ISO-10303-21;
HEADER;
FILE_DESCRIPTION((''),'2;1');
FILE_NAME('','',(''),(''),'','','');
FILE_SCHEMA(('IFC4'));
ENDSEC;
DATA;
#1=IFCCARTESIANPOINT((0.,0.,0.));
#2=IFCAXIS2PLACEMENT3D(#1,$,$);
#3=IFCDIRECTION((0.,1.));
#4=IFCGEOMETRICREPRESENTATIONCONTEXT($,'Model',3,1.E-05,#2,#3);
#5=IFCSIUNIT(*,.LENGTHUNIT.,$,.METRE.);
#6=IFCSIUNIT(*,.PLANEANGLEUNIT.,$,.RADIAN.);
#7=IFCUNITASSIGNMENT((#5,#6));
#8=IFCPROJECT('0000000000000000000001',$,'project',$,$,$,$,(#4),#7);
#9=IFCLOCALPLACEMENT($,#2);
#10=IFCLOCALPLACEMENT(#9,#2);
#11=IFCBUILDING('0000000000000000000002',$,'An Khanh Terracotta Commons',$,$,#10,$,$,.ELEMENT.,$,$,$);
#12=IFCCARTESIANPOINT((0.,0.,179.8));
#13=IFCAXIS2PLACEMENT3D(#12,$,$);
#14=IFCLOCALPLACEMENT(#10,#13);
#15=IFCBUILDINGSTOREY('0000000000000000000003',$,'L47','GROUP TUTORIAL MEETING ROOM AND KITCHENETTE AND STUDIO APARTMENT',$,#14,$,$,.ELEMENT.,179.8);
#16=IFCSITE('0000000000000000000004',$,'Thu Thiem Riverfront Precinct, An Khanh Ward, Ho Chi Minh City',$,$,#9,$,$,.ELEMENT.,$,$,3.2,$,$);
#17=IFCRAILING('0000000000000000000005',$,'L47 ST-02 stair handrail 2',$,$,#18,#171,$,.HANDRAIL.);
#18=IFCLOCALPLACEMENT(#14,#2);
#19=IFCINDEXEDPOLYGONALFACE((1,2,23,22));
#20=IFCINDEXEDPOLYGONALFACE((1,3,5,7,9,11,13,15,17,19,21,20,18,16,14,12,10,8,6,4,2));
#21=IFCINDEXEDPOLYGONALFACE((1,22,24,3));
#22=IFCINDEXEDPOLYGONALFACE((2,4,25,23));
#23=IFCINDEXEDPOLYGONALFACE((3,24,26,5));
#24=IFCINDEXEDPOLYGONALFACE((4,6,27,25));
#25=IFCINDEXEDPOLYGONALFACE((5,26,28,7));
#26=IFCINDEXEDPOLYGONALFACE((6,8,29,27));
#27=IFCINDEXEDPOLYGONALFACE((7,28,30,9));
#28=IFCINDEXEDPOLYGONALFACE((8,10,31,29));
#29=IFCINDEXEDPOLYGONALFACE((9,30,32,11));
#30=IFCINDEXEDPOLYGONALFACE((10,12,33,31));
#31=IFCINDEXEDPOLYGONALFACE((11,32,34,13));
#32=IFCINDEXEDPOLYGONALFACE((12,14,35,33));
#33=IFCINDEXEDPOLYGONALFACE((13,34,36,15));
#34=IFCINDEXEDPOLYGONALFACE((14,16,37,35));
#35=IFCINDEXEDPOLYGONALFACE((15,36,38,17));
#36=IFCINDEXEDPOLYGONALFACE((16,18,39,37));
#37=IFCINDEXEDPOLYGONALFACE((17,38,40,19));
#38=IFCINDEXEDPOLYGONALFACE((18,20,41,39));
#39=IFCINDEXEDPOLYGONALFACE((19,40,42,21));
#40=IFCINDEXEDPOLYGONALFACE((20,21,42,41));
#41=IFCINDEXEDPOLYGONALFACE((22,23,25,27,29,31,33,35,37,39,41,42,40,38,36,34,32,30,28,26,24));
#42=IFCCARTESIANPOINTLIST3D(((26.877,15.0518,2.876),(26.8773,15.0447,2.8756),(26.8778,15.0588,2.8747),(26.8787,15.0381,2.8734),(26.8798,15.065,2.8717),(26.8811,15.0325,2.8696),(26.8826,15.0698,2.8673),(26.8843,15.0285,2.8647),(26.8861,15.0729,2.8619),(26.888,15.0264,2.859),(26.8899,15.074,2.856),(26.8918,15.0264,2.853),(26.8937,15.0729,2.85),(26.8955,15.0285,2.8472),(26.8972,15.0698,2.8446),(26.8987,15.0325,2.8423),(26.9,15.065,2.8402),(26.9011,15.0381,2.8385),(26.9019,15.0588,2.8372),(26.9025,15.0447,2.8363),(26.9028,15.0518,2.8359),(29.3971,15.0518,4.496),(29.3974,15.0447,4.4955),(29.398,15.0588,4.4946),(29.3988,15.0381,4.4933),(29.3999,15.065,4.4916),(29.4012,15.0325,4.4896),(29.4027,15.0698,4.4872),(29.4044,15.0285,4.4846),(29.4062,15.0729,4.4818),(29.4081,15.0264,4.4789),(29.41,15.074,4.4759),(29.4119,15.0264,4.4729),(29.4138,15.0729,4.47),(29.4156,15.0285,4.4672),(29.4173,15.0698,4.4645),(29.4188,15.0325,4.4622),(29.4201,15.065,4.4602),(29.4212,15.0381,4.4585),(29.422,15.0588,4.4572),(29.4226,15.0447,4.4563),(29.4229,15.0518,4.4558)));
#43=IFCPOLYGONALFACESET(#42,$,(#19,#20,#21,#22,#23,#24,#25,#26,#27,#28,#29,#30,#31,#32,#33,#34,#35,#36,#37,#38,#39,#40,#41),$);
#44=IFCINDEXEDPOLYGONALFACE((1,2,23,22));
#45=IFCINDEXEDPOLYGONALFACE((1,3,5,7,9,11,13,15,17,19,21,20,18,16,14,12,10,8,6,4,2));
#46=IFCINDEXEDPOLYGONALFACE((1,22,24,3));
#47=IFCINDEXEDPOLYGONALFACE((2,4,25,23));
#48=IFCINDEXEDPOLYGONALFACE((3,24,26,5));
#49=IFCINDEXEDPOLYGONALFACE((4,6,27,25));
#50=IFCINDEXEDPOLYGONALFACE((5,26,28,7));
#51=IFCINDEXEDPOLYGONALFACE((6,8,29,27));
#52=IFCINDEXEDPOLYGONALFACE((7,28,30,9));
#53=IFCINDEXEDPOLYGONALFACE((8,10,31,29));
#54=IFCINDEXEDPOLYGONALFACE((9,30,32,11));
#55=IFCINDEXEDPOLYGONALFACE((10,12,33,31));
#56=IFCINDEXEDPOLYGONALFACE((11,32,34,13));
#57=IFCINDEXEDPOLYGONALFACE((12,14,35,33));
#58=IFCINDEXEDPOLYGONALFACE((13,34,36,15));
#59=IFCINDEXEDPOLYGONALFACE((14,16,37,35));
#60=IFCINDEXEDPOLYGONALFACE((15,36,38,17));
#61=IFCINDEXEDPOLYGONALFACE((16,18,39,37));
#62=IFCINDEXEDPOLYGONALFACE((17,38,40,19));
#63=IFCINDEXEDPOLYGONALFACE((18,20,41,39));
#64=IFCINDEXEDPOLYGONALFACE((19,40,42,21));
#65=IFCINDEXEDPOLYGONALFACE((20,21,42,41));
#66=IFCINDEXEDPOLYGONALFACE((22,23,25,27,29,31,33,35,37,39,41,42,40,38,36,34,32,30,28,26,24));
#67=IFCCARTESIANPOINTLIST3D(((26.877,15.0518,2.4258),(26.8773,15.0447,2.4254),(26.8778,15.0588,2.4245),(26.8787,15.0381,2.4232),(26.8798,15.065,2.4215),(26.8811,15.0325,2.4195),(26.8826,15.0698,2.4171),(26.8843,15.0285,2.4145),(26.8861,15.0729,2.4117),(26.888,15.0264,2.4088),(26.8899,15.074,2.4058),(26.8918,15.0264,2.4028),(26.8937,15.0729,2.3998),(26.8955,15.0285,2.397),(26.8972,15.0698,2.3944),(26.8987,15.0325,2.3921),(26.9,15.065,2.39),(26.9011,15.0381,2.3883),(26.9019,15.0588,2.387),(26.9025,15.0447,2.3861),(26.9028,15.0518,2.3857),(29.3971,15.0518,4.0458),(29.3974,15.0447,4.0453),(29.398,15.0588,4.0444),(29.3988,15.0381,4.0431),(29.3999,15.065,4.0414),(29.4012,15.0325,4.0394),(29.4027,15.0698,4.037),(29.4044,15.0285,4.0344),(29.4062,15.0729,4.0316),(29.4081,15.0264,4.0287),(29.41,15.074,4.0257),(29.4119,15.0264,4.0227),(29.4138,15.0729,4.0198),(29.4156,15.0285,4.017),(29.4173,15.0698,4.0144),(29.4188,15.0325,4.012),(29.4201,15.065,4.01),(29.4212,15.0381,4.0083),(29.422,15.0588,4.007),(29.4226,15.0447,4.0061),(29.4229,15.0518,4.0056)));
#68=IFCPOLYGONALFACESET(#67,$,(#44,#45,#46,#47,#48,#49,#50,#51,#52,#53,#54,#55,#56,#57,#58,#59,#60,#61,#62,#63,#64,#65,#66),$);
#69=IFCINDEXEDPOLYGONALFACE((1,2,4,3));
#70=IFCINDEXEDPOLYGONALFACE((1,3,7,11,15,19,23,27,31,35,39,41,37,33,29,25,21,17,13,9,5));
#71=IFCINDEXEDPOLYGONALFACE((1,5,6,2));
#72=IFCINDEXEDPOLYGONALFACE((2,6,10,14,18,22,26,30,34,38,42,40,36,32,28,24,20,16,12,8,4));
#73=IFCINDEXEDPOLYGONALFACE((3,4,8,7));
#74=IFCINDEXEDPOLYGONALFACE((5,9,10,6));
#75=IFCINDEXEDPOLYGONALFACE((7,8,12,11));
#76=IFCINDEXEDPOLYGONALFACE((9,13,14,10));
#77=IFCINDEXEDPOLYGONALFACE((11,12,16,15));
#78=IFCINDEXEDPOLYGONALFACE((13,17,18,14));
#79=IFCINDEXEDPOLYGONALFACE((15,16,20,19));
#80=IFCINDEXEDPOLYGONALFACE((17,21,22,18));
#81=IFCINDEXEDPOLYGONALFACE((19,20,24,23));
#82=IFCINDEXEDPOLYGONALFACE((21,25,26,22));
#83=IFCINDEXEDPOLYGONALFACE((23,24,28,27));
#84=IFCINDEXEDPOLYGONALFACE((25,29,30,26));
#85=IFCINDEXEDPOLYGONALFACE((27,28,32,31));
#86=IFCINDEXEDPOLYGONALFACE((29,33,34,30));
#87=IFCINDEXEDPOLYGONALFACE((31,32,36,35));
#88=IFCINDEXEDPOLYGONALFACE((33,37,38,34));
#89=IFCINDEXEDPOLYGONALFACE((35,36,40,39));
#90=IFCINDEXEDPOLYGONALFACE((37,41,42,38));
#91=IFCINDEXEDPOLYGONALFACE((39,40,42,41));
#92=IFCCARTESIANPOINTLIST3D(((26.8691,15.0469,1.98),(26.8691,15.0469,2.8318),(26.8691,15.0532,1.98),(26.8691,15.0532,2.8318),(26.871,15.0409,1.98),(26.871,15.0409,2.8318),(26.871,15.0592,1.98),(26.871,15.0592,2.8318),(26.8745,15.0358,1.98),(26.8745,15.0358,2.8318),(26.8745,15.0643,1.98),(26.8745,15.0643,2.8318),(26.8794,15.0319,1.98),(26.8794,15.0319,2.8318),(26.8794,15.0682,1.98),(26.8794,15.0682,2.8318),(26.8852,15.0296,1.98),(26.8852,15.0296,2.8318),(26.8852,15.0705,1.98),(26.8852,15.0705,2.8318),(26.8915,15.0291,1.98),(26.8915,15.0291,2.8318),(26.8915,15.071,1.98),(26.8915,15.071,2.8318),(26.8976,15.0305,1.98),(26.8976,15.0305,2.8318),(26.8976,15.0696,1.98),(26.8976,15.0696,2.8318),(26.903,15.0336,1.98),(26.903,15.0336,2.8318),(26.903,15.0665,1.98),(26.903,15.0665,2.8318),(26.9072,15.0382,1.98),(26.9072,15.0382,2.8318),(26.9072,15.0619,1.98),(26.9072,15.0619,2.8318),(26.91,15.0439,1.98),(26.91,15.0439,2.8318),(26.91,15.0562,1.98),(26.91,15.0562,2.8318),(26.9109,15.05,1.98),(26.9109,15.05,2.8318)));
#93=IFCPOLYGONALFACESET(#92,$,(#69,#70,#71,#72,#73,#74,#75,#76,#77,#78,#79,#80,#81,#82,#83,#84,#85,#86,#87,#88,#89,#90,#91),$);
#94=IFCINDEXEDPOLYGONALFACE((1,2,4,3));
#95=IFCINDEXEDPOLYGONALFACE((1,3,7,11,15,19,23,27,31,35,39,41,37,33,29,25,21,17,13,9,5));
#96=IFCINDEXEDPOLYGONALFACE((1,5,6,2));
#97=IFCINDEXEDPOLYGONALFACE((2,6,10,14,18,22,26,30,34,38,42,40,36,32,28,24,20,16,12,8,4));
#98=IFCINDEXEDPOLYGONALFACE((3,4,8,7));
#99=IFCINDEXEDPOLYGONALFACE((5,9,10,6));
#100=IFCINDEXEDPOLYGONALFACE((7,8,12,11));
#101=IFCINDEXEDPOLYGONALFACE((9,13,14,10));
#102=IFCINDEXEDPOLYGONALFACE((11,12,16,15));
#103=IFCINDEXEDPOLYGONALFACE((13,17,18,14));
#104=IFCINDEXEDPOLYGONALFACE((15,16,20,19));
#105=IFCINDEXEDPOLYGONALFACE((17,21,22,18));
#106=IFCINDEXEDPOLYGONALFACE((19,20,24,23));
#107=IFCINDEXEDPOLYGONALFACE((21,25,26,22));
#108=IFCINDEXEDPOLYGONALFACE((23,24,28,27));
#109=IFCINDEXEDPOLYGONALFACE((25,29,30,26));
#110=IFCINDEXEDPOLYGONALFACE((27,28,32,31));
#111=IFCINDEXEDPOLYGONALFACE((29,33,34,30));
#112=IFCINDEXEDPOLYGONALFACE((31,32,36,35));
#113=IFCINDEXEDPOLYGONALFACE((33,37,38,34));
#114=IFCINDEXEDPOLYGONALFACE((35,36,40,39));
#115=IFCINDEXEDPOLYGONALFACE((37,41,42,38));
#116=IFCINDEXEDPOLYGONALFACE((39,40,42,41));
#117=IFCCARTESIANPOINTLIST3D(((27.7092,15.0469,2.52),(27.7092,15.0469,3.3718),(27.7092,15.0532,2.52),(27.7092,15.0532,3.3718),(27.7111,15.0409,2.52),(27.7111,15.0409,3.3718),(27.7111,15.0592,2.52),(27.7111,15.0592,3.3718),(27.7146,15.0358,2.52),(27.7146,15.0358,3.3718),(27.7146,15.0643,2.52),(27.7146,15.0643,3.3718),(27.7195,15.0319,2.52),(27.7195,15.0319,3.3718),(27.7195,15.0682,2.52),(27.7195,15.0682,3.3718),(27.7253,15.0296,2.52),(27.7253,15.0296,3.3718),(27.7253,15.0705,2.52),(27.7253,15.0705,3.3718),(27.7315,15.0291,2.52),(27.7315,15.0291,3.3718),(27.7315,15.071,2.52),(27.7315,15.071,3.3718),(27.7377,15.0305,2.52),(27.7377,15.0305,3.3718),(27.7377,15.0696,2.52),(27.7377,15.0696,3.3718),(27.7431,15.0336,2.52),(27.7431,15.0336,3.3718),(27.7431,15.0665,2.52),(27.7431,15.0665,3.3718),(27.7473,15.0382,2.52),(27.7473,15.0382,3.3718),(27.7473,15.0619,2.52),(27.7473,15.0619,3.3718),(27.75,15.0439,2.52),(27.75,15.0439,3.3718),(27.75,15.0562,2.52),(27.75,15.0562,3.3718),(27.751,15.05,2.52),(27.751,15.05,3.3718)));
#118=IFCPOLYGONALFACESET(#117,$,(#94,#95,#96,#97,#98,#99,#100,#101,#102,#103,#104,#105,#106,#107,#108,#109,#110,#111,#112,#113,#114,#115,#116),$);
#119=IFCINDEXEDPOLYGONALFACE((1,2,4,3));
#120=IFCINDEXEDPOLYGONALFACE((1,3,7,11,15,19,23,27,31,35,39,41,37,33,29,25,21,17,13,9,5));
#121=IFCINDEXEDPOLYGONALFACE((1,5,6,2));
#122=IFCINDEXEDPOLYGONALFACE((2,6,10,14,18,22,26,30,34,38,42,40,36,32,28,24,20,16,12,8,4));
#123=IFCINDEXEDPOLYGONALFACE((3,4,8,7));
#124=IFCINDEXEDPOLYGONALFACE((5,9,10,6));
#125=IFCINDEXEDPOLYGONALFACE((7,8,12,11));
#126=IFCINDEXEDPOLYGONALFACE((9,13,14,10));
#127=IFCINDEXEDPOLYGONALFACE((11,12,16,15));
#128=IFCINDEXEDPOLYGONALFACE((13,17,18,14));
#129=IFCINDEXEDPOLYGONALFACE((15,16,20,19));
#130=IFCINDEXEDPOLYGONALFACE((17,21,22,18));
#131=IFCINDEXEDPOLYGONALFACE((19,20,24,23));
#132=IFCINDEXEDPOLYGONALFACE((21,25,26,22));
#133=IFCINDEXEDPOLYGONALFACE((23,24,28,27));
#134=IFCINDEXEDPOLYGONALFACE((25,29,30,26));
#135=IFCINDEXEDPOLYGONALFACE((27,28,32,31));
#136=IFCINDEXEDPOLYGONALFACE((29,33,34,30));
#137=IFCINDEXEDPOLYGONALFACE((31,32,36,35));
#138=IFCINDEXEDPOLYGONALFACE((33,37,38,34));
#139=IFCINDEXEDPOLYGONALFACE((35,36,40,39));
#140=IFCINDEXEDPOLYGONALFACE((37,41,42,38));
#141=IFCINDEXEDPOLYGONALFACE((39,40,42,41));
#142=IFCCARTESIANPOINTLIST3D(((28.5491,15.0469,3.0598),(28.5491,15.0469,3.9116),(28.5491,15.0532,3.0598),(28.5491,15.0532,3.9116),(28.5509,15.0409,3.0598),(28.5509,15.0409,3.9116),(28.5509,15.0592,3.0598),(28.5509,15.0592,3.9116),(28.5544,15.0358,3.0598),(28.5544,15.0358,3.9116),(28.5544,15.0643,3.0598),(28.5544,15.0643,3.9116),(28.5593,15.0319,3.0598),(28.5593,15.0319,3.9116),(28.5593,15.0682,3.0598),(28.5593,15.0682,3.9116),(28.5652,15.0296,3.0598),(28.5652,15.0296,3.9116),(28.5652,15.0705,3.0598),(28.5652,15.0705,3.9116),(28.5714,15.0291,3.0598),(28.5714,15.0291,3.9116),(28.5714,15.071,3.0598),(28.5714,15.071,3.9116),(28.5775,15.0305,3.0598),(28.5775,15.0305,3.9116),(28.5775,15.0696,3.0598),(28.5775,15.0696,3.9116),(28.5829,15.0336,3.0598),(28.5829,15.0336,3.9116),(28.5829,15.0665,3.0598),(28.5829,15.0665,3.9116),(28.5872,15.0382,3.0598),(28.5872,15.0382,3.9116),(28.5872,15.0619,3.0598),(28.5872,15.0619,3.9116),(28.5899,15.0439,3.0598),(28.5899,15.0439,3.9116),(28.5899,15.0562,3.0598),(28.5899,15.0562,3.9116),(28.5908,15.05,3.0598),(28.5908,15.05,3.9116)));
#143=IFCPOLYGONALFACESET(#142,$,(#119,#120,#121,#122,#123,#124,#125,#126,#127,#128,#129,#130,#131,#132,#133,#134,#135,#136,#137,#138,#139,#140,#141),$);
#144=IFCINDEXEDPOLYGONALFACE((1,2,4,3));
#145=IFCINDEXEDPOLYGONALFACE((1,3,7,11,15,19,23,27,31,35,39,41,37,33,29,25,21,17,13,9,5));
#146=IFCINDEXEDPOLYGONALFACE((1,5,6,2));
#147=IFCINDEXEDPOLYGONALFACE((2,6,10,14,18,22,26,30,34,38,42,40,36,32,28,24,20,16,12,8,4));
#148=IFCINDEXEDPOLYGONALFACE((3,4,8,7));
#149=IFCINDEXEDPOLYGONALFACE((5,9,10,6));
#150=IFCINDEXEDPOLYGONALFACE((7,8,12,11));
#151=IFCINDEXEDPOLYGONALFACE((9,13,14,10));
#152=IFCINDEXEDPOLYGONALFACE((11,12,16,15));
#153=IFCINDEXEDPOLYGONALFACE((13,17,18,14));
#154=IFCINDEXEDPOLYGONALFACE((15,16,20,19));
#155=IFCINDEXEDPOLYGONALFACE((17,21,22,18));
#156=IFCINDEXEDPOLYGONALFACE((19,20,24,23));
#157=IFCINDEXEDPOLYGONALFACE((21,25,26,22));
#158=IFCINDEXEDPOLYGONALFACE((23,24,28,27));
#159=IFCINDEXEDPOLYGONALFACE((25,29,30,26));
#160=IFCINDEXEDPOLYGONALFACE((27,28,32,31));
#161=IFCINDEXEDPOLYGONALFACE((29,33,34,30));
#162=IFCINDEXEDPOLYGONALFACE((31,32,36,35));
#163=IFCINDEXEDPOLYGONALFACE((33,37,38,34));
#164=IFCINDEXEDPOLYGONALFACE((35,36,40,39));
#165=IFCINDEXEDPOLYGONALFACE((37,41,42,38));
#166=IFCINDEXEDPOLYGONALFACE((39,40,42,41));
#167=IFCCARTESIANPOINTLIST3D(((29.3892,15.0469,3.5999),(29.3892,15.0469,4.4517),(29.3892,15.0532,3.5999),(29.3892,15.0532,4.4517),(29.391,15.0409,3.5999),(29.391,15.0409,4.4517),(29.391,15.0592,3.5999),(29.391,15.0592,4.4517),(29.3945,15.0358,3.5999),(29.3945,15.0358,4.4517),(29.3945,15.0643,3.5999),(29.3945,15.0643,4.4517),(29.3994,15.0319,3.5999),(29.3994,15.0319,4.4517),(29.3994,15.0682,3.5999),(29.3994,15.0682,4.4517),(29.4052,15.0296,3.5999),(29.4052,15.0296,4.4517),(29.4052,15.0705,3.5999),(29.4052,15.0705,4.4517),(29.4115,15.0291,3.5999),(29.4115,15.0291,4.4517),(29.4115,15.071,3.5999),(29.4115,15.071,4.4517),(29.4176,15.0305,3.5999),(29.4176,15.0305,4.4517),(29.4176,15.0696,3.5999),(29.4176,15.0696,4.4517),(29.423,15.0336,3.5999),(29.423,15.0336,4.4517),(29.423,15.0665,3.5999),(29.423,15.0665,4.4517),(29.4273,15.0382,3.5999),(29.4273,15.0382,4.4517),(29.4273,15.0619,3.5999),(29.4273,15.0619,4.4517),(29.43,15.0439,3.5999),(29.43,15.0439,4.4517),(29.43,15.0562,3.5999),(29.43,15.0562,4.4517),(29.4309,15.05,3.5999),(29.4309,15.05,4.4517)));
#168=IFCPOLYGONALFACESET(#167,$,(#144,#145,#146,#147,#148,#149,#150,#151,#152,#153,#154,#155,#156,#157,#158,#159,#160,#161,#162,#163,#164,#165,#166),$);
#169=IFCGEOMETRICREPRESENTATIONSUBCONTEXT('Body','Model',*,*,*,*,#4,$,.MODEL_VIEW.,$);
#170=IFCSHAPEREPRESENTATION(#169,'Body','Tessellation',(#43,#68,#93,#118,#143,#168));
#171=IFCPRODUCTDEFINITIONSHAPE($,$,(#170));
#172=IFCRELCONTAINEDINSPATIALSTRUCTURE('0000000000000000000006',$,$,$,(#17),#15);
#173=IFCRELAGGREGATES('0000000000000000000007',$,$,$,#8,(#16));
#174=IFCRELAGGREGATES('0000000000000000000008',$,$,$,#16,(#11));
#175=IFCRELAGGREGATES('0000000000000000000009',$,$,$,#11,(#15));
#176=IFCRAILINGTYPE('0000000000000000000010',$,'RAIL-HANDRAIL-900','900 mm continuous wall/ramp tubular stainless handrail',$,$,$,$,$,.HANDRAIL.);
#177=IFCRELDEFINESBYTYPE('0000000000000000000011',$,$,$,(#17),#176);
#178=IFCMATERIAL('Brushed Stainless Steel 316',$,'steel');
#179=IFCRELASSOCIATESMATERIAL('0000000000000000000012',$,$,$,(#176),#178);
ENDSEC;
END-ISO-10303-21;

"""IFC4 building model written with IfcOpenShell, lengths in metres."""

from ifc_helpers import new_model, si_unit, direction, frame, origin, origin_2d, place, context, subcontext, project, spatial, circle, extrude, material, type_object, element, save


model = new_model("IFC4")

# Units and contexts
model_context = context("Model", 3, precision=1e-05, world=origin(), true_north=direction((0.0, 1.0)))
body_context = subcontext(model_context, "Body", "Model", "MODEL_VIEW")
ifc_project = project(units=[si_unit("LENGTHUNIT", "METRE"), si_unit("PLANEANGLEUNIT", "RADIAN")], contexts=[model_context])

# Site, building, storey
site_placement = place(None, origin())
site = spatial("IfcSite", under=ifc_project, at=site_placement, Name="Thu Thiem Riverfront Precinct, An Khanh Ward, Ho Chi Minh City", CompositionType="ELEMENT", RefElevation=3.2)
building_placement = place(site_placement, origin())
building = spatial("IfcBuilding", under=site, at=building_placement, Name="An Khanh Terracotta Commons", CompositionType="ELEMENT")
storey_placement = place(building_placement, frame((0.0, 0.0, 179.8)))
storey = spatial("IfcBuildingStorey", under=building, at=storey_placement, Name="L47", Description="GROUP TUTORIAL MEETING ROOM AND KITCHENETTE AND STUDIO APARTMENT", CompositionType="ELEMENT", Elevation=179.8)

# Railing
ifc_material_1 = material(Name="Brushed Stainless Steel 316", Category="steel")
railing_type_1 = type_object("IfcRailingType", Name="RAIL-HANDRAIL-900", Description="900 mm continuous wall/ramp tubular stainless handrail", PredefinedType="HANDRAIL", material=ifc_material_1)
railing_1_placement = place(storey_placement, frame((26.8899, 15.05, 1.98)))
element("IfcRailing", 1, at=railing_1_placement, inside=storey, type_object=railing_type_1, Name="L47 ST-02 stair handrail 2", PredefinedType="HANDRAIL", context=body_context, shape_type="SweptSolid", body=[
    extrude(circle(Radius=0.0239, at=origin_2d()), frame((0.0, 0.0, 0.876), z_axis=(0.8412, 0.0, 0.540725), x_axis=(0.0, 1.0, 0.0)), (0.0, 0.0, 1.0), 2.9958),
    extrude(circle(Radius=0.0239, at=origin_2d()), frame((0.0, 0.0, 0.4258), z_axis=(0.8412, 0.0, 0.540725), x_axis=(0.0, 1.0, 0.0)), (0.0, 0.0, 1.0), 2.9958),
    extrude(circle(Radius=0.021, at=origin_2d()), origin(), (0.0, 0.0, 1.0), 0.8518),
    extrude(circle(Radius=0.021, at=origin_2d()), frame((0.8401, 0.0, 0.54)), (0.0, 0.0, 1.0), 0.8518),
    extrude(circle(Radius=0.021, at=origin_2d()), frame((1.6799, 0.0, 1.0798)), (0.0, 0.0, 1.0), 0.8518),
    extrude(circle(Radius=0.021, at=origin_2d()), frame((2.52, 0.0, 1.6199)), (0.0, 0.0, 1.0), 0.8518),
])

save(model, "model.ifc")
